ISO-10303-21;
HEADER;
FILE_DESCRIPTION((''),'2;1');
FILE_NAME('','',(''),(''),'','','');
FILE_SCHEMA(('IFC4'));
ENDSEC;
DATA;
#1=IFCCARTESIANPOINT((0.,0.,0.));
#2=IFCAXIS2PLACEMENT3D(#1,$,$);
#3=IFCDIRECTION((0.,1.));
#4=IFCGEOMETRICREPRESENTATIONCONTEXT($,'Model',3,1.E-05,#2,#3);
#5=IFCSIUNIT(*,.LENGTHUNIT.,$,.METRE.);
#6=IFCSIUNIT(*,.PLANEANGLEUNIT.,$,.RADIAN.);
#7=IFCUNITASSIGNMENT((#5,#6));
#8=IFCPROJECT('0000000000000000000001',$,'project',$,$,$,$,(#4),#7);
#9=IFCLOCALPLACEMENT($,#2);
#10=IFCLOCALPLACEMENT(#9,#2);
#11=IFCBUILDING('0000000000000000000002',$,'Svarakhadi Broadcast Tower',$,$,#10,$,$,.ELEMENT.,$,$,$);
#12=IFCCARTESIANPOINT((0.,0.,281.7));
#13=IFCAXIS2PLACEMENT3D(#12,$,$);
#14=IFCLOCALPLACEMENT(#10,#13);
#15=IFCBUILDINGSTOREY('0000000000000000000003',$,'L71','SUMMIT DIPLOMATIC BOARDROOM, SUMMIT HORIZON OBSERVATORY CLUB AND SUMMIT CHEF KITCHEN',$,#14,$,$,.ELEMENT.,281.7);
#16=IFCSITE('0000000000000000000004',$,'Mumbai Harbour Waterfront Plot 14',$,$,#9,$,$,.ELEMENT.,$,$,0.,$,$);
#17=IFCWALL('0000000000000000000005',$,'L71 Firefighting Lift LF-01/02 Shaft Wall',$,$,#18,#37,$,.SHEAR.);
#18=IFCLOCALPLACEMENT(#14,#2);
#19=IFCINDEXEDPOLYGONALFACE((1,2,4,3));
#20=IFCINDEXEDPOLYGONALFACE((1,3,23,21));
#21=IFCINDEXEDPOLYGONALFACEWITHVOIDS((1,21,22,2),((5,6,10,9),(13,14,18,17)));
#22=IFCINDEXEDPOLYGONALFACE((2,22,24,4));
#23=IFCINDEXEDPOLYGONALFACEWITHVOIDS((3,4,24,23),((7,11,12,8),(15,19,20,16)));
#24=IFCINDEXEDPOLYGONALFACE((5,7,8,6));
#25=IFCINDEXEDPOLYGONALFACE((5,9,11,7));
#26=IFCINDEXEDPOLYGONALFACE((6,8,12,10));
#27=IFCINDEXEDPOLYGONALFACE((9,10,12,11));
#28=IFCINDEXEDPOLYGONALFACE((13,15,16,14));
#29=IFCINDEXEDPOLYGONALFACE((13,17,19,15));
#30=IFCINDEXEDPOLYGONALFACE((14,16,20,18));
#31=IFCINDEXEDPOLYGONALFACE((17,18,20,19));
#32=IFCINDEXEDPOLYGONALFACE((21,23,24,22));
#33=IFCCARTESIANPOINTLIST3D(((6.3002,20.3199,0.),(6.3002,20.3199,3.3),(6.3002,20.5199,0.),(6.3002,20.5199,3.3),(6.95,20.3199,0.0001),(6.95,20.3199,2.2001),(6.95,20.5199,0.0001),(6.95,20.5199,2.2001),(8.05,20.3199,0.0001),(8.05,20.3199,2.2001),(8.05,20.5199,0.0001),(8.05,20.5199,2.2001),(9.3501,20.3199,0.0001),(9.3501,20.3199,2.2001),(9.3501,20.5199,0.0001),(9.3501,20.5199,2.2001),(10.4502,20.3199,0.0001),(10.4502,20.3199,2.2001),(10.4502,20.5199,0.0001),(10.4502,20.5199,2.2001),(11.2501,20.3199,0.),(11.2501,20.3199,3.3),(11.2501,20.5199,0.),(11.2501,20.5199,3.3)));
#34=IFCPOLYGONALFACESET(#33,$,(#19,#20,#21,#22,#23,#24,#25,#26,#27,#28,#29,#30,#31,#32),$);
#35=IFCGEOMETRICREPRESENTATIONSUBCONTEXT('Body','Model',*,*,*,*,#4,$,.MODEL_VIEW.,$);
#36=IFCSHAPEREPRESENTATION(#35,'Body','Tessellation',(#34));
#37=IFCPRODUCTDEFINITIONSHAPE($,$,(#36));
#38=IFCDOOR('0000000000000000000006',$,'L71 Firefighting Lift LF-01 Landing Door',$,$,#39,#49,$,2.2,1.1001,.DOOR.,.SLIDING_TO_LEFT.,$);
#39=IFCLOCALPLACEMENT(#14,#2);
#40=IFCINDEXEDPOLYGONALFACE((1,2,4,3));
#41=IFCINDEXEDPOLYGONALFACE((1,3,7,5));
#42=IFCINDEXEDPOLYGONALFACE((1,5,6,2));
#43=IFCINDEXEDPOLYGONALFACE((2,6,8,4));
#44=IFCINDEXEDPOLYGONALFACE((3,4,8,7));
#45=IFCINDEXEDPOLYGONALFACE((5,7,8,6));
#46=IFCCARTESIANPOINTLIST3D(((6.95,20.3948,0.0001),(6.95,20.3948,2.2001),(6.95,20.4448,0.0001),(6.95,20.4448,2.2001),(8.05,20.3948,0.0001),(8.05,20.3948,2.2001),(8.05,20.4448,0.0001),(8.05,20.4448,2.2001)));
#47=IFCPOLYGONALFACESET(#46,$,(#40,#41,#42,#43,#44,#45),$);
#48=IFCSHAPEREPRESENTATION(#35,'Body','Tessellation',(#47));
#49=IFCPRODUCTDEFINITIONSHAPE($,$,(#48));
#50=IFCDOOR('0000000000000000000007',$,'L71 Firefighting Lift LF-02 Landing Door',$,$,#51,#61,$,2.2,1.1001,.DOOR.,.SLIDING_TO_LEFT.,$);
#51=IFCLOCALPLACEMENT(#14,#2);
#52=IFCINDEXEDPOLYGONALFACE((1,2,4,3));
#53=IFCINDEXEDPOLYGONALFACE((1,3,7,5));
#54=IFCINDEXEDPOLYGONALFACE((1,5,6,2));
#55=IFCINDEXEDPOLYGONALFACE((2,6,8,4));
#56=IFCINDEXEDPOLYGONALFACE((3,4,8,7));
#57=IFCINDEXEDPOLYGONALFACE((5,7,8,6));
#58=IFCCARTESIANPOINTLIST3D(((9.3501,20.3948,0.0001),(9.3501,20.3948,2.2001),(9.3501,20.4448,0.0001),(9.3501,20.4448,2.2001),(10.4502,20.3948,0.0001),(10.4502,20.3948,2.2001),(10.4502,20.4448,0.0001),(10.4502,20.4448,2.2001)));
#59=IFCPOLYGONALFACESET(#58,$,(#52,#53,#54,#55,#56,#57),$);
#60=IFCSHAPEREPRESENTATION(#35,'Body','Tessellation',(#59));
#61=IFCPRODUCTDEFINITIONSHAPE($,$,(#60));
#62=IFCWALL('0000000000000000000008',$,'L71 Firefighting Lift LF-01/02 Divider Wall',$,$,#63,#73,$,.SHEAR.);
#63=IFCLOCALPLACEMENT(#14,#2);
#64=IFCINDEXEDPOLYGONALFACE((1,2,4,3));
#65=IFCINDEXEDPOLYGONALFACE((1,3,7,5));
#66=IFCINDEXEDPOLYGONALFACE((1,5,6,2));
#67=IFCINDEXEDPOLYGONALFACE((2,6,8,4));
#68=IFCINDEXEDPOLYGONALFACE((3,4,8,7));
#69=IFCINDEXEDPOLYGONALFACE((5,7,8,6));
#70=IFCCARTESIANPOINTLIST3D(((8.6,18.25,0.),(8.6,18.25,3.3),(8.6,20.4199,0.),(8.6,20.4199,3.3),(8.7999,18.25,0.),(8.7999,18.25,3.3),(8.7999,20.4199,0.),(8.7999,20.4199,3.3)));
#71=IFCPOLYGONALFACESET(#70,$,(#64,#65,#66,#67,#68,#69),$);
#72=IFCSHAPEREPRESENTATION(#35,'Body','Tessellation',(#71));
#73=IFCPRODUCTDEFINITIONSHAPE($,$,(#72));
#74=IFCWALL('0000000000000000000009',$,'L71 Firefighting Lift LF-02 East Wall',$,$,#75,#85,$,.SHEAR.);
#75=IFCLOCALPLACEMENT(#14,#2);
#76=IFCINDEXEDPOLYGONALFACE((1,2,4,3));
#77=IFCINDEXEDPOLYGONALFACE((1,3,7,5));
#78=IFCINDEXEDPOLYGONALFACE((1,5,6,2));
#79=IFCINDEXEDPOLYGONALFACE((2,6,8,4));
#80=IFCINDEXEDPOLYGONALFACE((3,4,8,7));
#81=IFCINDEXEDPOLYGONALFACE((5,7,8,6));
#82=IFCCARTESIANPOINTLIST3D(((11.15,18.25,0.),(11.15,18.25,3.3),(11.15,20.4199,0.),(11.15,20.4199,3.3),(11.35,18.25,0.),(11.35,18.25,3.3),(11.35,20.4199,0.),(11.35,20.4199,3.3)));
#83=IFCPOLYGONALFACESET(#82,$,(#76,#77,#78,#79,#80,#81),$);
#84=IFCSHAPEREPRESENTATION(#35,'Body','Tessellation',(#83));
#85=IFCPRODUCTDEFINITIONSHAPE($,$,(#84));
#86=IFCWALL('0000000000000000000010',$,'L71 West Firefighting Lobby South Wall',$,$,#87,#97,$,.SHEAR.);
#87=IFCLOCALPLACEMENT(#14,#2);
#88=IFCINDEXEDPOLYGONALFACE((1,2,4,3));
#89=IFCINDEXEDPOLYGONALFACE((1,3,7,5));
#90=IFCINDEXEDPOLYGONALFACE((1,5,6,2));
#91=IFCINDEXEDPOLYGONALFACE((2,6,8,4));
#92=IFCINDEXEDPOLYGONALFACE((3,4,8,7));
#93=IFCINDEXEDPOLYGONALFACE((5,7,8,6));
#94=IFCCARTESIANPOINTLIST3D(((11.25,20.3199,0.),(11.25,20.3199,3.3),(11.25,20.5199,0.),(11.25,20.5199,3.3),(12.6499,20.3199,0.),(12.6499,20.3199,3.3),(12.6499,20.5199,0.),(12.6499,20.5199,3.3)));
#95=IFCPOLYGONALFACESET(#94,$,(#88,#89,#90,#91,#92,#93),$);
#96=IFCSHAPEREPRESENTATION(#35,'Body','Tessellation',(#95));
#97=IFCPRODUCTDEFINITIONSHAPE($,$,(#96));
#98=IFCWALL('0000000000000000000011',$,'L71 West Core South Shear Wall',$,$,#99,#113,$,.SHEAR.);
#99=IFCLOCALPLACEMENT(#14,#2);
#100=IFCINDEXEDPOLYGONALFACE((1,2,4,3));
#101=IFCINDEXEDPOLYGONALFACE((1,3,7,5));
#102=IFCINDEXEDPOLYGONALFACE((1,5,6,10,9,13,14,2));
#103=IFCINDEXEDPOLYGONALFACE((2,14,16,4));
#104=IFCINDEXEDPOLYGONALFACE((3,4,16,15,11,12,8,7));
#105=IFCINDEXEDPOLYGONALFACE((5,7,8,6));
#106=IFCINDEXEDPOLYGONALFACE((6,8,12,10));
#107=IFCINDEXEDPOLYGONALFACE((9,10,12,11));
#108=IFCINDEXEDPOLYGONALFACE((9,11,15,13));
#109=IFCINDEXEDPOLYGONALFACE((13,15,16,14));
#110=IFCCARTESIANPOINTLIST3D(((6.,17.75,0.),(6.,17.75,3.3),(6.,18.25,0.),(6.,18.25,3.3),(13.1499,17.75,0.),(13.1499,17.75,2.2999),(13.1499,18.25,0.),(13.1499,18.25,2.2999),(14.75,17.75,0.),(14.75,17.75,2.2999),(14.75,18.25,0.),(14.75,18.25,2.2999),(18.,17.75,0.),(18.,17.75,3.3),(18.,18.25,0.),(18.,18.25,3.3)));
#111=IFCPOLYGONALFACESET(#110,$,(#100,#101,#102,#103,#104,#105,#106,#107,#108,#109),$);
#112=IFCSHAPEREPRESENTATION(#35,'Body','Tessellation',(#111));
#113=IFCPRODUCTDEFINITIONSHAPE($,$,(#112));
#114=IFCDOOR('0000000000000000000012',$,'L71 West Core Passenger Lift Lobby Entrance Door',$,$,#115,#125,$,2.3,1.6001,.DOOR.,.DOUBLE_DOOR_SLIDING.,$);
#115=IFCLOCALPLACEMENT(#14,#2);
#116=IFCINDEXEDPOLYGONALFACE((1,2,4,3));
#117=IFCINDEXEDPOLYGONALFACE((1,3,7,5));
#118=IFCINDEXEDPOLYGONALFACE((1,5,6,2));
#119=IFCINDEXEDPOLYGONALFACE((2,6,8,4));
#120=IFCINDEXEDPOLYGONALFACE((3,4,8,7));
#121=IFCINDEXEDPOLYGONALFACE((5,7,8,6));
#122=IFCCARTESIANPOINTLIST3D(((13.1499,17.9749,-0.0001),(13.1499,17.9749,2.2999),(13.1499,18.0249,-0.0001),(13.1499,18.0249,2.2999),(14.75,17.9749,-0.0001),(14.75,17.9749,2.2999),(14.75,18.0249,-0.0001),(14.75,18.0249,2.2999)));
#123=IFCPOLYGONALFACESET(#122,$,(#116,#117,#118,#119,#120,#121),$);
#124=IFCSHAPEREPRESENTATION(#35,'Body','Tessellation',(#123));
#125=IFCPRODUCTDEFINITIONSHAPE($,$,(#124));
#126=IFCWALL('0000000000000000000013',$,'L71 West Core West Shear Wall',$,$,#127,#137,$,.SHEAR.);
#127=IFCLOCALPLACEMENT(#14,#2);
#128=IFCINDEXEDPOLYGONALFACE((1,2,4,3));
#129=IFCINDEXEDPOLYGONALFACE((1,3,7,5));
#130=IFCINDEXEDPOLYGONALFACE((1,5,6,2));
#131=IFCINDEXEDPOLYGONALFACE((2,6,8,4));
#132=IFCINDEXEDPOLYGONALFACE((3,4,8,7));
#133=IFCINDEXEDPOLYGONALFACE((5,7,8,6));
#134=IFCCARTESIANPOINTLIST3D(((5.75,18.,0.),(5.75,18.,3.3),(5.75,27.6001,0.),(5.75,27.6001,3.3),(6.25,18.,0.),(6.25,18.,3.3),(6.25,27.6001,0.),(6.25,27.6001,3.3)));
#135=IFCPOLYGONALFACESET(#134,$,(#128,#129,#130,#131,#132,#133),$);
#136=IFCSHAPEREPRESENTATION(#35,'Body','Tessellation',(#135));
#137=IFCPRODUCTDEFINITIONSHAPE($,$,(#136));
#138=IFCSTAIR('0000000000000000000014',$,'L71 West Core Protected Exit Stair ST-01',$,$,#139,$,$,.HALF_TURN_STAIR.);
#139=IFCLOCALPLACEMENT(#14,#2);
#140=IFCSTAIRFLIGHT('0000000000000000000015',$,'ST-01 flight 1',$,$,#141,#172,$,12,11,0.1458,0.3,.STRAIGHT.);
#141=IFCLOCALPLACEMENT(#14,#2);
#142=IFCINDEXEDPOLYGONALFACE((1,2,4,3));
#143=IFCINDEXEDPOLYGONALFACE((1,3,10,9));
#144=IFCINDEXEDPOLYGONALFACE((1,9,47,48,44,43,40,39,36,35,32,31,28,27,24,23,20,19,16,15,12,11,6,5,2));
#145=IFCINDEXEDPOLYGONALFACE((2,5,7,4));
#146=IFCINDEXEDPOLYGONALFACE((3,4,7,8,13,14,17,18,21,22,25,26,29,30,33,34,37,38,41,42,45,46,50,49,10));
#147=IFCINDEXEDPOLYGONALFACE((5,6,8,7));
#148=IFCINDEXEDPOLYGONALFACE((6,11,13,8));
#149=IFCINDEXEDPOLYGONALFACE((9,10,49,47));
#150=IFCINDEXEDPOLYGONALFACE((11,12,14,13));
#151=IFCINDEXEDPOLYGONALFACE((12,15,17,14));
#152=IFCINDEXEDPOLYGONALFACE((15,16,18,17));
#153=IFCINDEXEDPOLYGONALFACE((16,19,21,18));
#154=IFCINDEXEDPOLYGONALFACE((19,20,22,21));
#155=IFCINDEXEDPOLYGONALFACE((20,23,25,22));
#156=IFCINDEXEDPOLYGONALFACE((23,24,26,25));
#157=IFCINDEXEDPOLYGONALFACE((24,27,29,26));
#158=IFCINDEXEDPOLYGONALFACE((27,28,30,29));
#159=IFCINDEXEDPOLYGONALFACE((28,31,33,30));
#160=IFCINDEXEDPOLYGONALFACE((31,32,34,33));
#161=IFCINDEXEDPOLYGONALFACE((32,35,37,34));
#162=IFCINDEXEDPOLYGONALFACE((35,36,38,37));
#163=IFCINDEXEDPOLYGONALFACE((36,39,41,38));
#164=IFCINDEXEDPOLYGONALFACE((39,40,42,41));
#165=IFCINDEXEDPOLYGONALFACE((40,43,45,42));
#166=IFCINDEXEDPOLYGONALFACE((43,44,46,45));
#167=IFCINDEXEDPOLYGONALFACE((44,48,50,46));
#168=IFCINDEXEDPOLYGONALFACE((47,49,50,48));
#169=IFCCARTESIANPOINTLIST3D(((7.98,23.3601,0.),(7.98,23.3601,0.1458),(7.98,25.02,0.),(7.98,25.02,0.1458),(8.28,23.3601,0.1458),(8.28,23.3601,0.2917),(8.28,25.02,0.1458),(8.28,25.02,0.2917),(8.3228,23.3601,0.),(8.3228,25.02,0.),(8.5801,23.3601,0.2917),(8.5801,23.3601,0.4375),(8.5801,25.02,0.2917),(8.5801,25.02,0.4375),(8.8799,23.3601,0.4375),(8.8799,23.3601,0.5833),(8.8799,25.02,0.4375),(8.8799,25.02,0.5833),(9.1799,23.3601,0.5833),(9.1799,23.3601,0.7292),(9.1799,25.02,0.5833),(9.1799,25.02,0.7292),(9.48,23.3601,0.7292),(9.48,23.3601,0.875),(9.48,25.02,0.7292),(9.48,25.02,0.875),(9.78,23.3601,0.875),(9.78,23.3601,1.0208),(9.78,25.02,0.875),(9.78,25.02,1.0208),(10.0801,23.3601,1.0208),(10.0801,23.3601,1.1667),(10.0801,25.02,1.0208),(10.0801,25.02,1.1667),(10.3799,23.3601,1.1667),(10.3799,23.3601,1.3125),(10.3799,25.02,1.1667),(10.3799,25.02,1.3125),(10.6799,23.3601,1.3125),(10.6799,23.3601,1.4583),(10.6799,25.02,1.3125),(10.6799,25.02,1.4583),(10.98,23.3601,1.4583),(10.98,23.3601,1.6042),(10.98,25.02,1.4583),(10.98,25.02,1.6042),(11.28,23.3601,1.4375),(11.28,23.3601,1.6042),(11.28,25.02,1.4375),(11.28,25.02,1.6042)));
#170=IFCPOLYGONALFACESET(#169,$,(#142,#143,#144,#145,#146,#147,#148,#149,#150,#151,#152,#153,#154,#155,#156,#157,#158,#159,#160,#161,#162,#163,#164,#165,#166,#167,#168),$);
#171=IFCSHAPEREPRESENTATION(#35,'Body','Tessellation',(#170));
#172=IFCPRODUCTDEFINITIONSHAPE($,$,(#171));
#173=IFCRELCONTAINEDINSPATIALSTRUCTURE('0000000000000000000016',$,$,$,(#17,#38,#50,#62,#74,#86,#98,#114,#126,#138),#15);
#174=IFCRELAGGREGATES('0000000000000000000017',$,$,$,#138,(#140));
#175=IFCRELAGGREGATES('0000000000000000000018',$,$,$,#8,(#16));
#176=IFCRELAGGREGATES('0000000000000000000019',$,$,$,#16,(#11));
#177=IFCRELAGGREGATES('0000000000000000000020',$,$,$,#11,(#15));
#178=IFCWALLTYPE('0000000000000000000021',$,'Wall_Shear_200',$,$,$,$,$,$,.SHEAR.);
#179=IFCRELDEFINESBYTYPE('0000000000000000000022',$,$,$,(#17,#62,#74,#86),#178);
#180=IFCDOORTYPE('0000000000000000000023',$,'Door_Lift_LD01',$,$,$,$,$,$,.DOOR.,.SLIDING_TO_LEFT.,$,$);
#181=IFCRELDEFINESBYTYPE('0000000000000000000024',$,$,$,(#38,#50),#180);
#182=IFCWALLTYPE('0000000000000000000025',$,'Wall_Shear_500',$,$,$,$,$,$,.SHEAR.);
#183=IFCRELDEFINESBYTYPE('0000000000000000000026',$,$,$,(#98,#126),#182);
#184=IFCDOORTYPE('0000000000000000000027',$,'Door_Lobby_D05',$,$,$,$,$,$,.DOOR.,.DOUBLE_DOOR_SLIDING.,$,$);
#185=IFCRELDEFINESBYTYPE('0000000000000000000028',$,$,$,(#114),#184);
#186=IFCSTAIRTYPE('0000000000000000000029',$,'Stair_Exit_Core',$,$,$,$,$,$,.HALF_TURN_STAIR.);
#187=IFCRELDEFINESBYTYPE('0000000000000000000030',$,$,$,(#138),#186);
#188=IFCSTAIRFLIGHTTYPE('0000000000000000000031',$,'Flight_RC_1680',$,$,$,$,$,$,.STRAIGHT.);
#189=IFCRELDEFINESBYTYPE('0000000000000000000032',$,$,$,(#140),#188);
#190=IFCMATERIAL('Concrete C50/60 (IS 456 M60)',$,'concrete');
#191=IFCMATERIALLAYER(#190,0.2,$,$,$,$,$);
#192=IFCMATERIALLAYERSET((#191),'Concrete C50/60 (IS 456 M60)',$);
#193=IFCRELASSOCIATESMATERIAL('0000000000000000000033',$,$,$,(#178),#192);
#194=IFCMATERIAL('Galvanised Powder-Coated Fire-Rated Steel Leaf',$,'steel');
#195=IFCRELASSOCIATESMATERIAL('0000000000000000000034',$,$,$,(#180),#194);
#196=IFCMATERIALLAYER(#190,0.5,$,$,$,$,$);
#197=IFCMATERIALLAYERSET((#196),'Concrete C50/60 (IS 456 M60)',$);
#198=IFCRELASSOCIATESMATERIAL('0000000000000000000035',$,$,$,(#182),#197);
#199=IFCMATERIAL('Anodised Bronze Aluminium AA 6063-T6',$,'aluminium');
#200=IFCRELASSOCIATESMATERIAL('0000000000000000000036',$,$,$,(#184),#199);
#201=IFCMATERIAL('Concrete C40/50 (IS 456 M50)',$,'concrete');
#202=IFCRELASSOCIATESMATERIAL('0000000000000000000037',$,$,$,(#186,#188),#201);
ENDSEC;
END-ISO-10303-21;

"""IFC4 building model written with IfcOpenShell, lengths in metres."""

from ifc_helpers import new_model, si_unit, direction, frame, frame_2d, origin, place, context, subcontext, project, spatial, polyline, rectangle, outline, extrude, material, layer, layer_set, type_object, element, fill, aggregate, save


model = new_model("IFC4")

# Units and contexts
model_context = context("Model", 3, precision=1e-05, world=origin(), true_north=direction((0.0, 1.0)))
body_context = subcontext(model_context, "Body", "Model", "MODEL_VIEW")
ifc_project = project(units=[si_unit("LENGTHUNIT", "METRE"), si_unit("PLANEANGLEUNIT", "RADIAN")], contexts=[model_context])

# Site, building, storey
site_placement = place(None, origin())
site = spatial("IfcSite", under=ifc_project, at=site_placement, Name="Mumbai Harbour Waterfront Plot 14", CompositionType="ELEMENT", RefElevation=0.0)
building_placement = place(site_placement, origin())
building = spatial("IfcBuilding", under=site, at=building_placement, Name="Svarakhadi Broadcast Tower", CompositionType="ELEMENT")
storey_placement = place(building_placement, frame((0.0, 0.0, 281.7)))
storey = spatial("IfcBuildingStorey", under=building, at=storey_placement, Name="L71", Description="SUMMIT DIPLOMATIC BOARDROOM, SUMMIT HORIZON OBSERVATORY CLUB AND SUMMIT CHEF KITCHEN", CompositionType="ELEMENT", Elevation=281.7)

# Shared definitions
ifc_material_1 = material(Name="Concrete C50/60 (IS 456 M60)", Category="concrete")

# Shared definitions
ifc_material_2 = material(Name="Concrete C40/50 (IS 456 M50)", Category="concrete")

# Shared definitions
ifc_layer_1 = layer(ifc_material_1, 0.2)
ifc_layer_set_1 = layer_set([ifc_layer_1], Name="Concrete C50/60 (IS 456 M60)")
wall_type_1 = type_object("IfcWallType", Name="Wall_Shear_200", PredefinedType="SHEAR", material=ifc_layer_set_1)
ifc_material_3 = material(Name="Galvanised Powder-Coated Fire-Rated Steel Leaf", Category="steel")

# Wall, openings, doors
wall_1_placement = place(storey_placement, frame((6.3, 20.4199, 0.0), z_axis=(0.0, 0.0, 1.0), x_axis=(1.0, 0.0, 0.0)))
wall_1 = element("IfcWall", 1, at=wall_1_placement, inside=storey, type_object=wall_type_1, Name="L71 Firefighting Lift LF-01/02 Shaft Wall", PredefinedType="SHEAR", context=body_context, shape_type="SweptSolid", body=[
    extrude(rectangle(XDim=4.95, YDim=0.2, at=frame_2d((2.4751, 0.0))), origin(), (0.0, 0.0, 1.0), 3.3),
])
opening_1_placement = place(wall_1_placement, frame((0.6499, 0.0, 0.0)))
opening_1 = element("IfcOpeningElement", 2, at=opening_1_placement, cuts=wall_1, PredefinedType="OPENING", context=body_context, shape_type="SweptSolid", body=[
    extrude(rectangle(XDim=1.1001, YDim=2.2, at=frame_2d((0.55, 1.1001))), frame((0.0, 0.1099, 0.0), z_axis=(0.0, -1.0, 0.0), x_axis=(1.0, 0.0, 0.0)), (0.0, 0.0, 1.0), 0.22),
])
opening_2_placement = place(wall_1_placement, frame((3.05, 0.0, 0.0)))
opening_2 = element("IfcOpeningElement", 3, at=opening_2_placement, cuts=wall_1, PredefinedType="OPENING", context=body_context, shape_type="SweptSolid", body=[
    extrude(rectangle(XDim=1.1001, YDim=2.2, at=frame_2d((0.55, 1.1001))), frame((0.0, 0.1099, 0.0), z_axis=(0.0, -1.0, 0.0), x_axis=(1.0, 0.0, 0.0)), (0.0, 0.0, 1.0), 0.22),
])
door_type_1 = type_object("IfcDoorType", Name="Door_Lift_LD01", OperationType="SLIDING_TO_LEFT", PredefinedType="DOOR", material=ifc_material_3)
door_1_placement = place(opening_1_placement, origin())
door_1 = element("IfcDoor", 4, at=door_1_placement, inside=storey, type_object=door_type_1, Name="L71 Firefighting Lift LF-01 Landing Door", OperationType="SLIDING_TO_LEFT", OverallHeight=2.2, OverallWidth=1.1001, PredefinedType="DOOR", context=body_context, shape_type="SweptSolid", body=[
    extrude(rectangle(XDim=1.1001, YDim=2.2, at=frame_2d((0.55, 1.1001))), frame((0.0, 0.0249, 0.0), z_axis=(0.0, -1.0, 0.0), x_axis=(1.0, 0.0, 0.0)), (0.0, 0.0, 1.0), 0.05),
])
fill(opening_1, door_1)
door_2_placement = place(opening_2_placement, origin())
door_2 = element("IfcDoor", 5, at=door_2_placement, inside=storey, type_object=door_type_1, Name="L71 Firefighting Lift LF-02 Landing Door", OperationType="SLIDING_TO_LEFT", OverallHeight=2.2, OverallWidth=1.1001, PredefinedType="DOOR", context=body_context, shape_type="SweptSolid", body=[
    extrude(rectangle(XDim=1.1001, YDim=2.2, at=frame_2d((0.55, 1.1001))), frame((0.0, 0.0249, 0.0), z_axis=(0.0, -1.0, 0.0), x_axis=(1.0, 0.0, 0.0)), (0.0, 0.0, 1.0), 0.05),
])
fill(opening_2, door_2)

# Walls
for number, where, z_axis, x_axis, name in (
    (6, (8.7, 18.25, 0.0), (0.0, 0.0, 1.0), (0.0, 1.0, 0.0), "L71 Firefighting Lift LF-01/02 Divider Wall"),
    (7, (11.25, 18.25, 0.0), (0.0, 0.0, 1.0), (0.0, 1.0, 0.0), "L71 Firefighting Lift LF-02 East Wall"),
):
    element("IfcWall", number, at=place(storey_placement, frame(where, z_axis=z_axis, x_axis=x_axis)), inside=storey, type_object=wall_type_1, Name=name, PredefinedType="SHEAR", context=body_context, shape_type="SweptSolid", body=[
        extrude(rectangle(XDim=2.1699, YDim=0.2, at=frame_2d((1.085, 0.0))), origin(), (0.0, 0.0, 1.0), 3.3),
    ])
wall_2_placement = place(storey_placement, frame((11.25, 20.4199, 0.0), z_axis=(0.0, 0.0, 1.0), x_axis=(1.0, 0.0, 0.0)))
element("IfcWall", 8, at=wall_2_placement, inside=storey, type_object=wall_type_1, Name="L71 West Firefighting Lobby South Wall", PredefinedType="SHEAR", context=body_context, shape_type="SweptSolid", body=[
    extrude(rectangle(XDim=1.3999, YDim=0.2, at=frame_2d((0.7, 0.0))), origin(), (0.0, 0.0, 1.0), 3.3),
])

# Wall, opening, door
ifc_layer_2 = layer(ifc_material_1, 0.5)
ifc_layer_set_2 = layer_set([ifc_layer_2], Name="Concrete C50/60 (IS 456 M60)")
wall_type_2 = type_object("IfcWallType", Name="Wall_Shear_500", PredefinedType="SHEAR", material=ifc_layer_set_2)
wall_3_placement = place(storey_placement, frame((6.0, 18.0, 0.0), z_axis=(0.0, 0.0, 1.0), x_axis=(1.0, 0.0, 0.0)))
wall_3 = element("IfcWall", 9, at=wall_3_placement, inside=storey, type_object=wall_type_2, Name="L71 West Core South Shear Wall", PredefinedType="SHEAR", context=body_context, shape_type="SweptSolid", body=[
    extrude(rectangle(XDim=12.0, YDim=0.5, at=frame_2d((6.0, 0.0))), origin(), (0.0, 0.0, 1.0), 3.3),
])
opening_3_placement = place(wall_3_placement, frame((7.1499, 0.0, 0.0)))
opening_3 = element("IfcOpeningElement", 10, at=opening_3_placement, cuts=wall_3, PredefinedType="OPENING", context=body_context, shape_type="SweptSolid", body=[
    extrude(rectangle(XDim=1.6001, YDim=2.3, at=frame_2d((0.8, 1.1499))), frame((0.0, 0.26, 0.0), z_axis=(0.0, -1.0, 0.0), x_axis=(1.0, 0.0, 0.0)), (0.0, 0.0, 1.0), 0.52),
])
ifc_material_4 = material(Name="Anodised Bronze Aluminium AA 6063-T6", Category="aluminium")
door_type_2 = type_object("IfcDoorType", Name="Door_Lobby_D05", OperationType="DOUBLE_DOOR_SLIDING", PredefinedType="DOOR", material=ifc_material_4)
door_3_placement = place(opening_3_placement, origin())
door_3 = element("IfcDoor", 11, at=door_3_placement, inside=storey, type_object=door_type_2, Name="L71 West Core Passenger Lift Lobby Entrance Door", OperationType="DOUBLE_DOOR_SLIDING", OverallHeight=2.3, OverallWidth=1.6001, PredefinedType="DOOR", context=body_context, shape_type="SweptSolid", body=[
    extrude(rectangle(XDim=1.6001, YDim=2.3, at=frame_2d((0.8, 1.1499))), frame((0.0, 0.0249, 0.0), z_axis=(0.0, -1.0, 0.0), x_axis=(1.0, 0.0, 0.0)), (0.0, 0.0, 1.0), 0.05),
])
fill(opening_3, door_3)

# Wall
wall_4_placement = place(storey_placement, frame((6.0, 18.0, 0.0), z_axis=(0.0, 0.0, 1.0), x_axis=(0.0, 1.0, 0.0)))
element("IfcWall", 12, at=wall_4_placement, inside=storey, type_object=wall_type_2, Name="L71 West Core West Shear Wall", PredefinedType="SHEAR", context=body_context, shape_type="SweptSolid", body=[
    extrude(rectangle(XDim=9.6001, YDim=0.5, at=frame_2d((4.8, 0.0))), origin(), (0.0, 0.0, 1.0), 3.3),
])

# Stair, stair flight
stair_type = type_object("IfcStairType", Name="Stair_Exit_Core", PredefinedType="HALF_TURN_STAIR", material=ifc_material_2)
stair_placement = place(storey_placement, origin())
stair = element("IfcStair", 13, at=stair_placement, inside=storey, type_object=stair_type, Name="L71 West Core Protected Exit Stair ST-01", PredefinedType="HALF_TURN_STAIR")
stair_flight_type = type_object("IfcStairFlightType", Name="Flight_RC_1680", PredefinedType="STRAIGHT", material=ifc_material_2)
stair_flight_placement = place(storey_placement, frame((7.98, 24.1899, 0.0), z_axis=(0.0, 0.0, 1.0), x_axis=(1.0, 0.0, 0.0)))
stair_flight = element("IfcStairFlight", 14, at=stair_flight_placement, type_object=stair_flight_type, Name="ST-01 flight 1", NumberOfRisers=12, NumberOfTreads=11, PredefinedType="STRAIGHT", RiserHeight=0.1458, TreadLength=0.3, context=body_context, shape_type="SweptSolid", body=[
    extrude(outline(polyline([(0.0, 0.0), (0.0, 0.1458), (0.3, 0.1458), (0.3, 0.2917), (0.6001, 0.2917), (0.6001, 0.4375), (0.8999, 0.4375), (0.8999, 0.5833), (1.2, 0.5833), (1.2, 0.7292), (1.5, 0.7292), (1.5, 0.875), (1.8, 0.875), (1.8, 1.0208), (2.1001, 1.0208), (2.1001, 1.1667), (2.3999, 1.1667), (2.3999, 1.3125), (2.7, 1.3125), (2.7, 1.4583), (3.0, 1.4583), (3.0, 1.6042), (3.3, 1.6042), (3.3, 1.75), (3.3, 1.4375), (0.3428, 0.0), (0.0, 0.0)])), frame((0.0, 0.8301, 0.0), z_axis=(0.0, -1.0, 0.0), x_axis=(1.0, 0.0, 0.0)), (0.0, 0.0, 1.0), 1.6599),
])
aggregate(stair, [stair_flight])

save(model, "model.ifc")
